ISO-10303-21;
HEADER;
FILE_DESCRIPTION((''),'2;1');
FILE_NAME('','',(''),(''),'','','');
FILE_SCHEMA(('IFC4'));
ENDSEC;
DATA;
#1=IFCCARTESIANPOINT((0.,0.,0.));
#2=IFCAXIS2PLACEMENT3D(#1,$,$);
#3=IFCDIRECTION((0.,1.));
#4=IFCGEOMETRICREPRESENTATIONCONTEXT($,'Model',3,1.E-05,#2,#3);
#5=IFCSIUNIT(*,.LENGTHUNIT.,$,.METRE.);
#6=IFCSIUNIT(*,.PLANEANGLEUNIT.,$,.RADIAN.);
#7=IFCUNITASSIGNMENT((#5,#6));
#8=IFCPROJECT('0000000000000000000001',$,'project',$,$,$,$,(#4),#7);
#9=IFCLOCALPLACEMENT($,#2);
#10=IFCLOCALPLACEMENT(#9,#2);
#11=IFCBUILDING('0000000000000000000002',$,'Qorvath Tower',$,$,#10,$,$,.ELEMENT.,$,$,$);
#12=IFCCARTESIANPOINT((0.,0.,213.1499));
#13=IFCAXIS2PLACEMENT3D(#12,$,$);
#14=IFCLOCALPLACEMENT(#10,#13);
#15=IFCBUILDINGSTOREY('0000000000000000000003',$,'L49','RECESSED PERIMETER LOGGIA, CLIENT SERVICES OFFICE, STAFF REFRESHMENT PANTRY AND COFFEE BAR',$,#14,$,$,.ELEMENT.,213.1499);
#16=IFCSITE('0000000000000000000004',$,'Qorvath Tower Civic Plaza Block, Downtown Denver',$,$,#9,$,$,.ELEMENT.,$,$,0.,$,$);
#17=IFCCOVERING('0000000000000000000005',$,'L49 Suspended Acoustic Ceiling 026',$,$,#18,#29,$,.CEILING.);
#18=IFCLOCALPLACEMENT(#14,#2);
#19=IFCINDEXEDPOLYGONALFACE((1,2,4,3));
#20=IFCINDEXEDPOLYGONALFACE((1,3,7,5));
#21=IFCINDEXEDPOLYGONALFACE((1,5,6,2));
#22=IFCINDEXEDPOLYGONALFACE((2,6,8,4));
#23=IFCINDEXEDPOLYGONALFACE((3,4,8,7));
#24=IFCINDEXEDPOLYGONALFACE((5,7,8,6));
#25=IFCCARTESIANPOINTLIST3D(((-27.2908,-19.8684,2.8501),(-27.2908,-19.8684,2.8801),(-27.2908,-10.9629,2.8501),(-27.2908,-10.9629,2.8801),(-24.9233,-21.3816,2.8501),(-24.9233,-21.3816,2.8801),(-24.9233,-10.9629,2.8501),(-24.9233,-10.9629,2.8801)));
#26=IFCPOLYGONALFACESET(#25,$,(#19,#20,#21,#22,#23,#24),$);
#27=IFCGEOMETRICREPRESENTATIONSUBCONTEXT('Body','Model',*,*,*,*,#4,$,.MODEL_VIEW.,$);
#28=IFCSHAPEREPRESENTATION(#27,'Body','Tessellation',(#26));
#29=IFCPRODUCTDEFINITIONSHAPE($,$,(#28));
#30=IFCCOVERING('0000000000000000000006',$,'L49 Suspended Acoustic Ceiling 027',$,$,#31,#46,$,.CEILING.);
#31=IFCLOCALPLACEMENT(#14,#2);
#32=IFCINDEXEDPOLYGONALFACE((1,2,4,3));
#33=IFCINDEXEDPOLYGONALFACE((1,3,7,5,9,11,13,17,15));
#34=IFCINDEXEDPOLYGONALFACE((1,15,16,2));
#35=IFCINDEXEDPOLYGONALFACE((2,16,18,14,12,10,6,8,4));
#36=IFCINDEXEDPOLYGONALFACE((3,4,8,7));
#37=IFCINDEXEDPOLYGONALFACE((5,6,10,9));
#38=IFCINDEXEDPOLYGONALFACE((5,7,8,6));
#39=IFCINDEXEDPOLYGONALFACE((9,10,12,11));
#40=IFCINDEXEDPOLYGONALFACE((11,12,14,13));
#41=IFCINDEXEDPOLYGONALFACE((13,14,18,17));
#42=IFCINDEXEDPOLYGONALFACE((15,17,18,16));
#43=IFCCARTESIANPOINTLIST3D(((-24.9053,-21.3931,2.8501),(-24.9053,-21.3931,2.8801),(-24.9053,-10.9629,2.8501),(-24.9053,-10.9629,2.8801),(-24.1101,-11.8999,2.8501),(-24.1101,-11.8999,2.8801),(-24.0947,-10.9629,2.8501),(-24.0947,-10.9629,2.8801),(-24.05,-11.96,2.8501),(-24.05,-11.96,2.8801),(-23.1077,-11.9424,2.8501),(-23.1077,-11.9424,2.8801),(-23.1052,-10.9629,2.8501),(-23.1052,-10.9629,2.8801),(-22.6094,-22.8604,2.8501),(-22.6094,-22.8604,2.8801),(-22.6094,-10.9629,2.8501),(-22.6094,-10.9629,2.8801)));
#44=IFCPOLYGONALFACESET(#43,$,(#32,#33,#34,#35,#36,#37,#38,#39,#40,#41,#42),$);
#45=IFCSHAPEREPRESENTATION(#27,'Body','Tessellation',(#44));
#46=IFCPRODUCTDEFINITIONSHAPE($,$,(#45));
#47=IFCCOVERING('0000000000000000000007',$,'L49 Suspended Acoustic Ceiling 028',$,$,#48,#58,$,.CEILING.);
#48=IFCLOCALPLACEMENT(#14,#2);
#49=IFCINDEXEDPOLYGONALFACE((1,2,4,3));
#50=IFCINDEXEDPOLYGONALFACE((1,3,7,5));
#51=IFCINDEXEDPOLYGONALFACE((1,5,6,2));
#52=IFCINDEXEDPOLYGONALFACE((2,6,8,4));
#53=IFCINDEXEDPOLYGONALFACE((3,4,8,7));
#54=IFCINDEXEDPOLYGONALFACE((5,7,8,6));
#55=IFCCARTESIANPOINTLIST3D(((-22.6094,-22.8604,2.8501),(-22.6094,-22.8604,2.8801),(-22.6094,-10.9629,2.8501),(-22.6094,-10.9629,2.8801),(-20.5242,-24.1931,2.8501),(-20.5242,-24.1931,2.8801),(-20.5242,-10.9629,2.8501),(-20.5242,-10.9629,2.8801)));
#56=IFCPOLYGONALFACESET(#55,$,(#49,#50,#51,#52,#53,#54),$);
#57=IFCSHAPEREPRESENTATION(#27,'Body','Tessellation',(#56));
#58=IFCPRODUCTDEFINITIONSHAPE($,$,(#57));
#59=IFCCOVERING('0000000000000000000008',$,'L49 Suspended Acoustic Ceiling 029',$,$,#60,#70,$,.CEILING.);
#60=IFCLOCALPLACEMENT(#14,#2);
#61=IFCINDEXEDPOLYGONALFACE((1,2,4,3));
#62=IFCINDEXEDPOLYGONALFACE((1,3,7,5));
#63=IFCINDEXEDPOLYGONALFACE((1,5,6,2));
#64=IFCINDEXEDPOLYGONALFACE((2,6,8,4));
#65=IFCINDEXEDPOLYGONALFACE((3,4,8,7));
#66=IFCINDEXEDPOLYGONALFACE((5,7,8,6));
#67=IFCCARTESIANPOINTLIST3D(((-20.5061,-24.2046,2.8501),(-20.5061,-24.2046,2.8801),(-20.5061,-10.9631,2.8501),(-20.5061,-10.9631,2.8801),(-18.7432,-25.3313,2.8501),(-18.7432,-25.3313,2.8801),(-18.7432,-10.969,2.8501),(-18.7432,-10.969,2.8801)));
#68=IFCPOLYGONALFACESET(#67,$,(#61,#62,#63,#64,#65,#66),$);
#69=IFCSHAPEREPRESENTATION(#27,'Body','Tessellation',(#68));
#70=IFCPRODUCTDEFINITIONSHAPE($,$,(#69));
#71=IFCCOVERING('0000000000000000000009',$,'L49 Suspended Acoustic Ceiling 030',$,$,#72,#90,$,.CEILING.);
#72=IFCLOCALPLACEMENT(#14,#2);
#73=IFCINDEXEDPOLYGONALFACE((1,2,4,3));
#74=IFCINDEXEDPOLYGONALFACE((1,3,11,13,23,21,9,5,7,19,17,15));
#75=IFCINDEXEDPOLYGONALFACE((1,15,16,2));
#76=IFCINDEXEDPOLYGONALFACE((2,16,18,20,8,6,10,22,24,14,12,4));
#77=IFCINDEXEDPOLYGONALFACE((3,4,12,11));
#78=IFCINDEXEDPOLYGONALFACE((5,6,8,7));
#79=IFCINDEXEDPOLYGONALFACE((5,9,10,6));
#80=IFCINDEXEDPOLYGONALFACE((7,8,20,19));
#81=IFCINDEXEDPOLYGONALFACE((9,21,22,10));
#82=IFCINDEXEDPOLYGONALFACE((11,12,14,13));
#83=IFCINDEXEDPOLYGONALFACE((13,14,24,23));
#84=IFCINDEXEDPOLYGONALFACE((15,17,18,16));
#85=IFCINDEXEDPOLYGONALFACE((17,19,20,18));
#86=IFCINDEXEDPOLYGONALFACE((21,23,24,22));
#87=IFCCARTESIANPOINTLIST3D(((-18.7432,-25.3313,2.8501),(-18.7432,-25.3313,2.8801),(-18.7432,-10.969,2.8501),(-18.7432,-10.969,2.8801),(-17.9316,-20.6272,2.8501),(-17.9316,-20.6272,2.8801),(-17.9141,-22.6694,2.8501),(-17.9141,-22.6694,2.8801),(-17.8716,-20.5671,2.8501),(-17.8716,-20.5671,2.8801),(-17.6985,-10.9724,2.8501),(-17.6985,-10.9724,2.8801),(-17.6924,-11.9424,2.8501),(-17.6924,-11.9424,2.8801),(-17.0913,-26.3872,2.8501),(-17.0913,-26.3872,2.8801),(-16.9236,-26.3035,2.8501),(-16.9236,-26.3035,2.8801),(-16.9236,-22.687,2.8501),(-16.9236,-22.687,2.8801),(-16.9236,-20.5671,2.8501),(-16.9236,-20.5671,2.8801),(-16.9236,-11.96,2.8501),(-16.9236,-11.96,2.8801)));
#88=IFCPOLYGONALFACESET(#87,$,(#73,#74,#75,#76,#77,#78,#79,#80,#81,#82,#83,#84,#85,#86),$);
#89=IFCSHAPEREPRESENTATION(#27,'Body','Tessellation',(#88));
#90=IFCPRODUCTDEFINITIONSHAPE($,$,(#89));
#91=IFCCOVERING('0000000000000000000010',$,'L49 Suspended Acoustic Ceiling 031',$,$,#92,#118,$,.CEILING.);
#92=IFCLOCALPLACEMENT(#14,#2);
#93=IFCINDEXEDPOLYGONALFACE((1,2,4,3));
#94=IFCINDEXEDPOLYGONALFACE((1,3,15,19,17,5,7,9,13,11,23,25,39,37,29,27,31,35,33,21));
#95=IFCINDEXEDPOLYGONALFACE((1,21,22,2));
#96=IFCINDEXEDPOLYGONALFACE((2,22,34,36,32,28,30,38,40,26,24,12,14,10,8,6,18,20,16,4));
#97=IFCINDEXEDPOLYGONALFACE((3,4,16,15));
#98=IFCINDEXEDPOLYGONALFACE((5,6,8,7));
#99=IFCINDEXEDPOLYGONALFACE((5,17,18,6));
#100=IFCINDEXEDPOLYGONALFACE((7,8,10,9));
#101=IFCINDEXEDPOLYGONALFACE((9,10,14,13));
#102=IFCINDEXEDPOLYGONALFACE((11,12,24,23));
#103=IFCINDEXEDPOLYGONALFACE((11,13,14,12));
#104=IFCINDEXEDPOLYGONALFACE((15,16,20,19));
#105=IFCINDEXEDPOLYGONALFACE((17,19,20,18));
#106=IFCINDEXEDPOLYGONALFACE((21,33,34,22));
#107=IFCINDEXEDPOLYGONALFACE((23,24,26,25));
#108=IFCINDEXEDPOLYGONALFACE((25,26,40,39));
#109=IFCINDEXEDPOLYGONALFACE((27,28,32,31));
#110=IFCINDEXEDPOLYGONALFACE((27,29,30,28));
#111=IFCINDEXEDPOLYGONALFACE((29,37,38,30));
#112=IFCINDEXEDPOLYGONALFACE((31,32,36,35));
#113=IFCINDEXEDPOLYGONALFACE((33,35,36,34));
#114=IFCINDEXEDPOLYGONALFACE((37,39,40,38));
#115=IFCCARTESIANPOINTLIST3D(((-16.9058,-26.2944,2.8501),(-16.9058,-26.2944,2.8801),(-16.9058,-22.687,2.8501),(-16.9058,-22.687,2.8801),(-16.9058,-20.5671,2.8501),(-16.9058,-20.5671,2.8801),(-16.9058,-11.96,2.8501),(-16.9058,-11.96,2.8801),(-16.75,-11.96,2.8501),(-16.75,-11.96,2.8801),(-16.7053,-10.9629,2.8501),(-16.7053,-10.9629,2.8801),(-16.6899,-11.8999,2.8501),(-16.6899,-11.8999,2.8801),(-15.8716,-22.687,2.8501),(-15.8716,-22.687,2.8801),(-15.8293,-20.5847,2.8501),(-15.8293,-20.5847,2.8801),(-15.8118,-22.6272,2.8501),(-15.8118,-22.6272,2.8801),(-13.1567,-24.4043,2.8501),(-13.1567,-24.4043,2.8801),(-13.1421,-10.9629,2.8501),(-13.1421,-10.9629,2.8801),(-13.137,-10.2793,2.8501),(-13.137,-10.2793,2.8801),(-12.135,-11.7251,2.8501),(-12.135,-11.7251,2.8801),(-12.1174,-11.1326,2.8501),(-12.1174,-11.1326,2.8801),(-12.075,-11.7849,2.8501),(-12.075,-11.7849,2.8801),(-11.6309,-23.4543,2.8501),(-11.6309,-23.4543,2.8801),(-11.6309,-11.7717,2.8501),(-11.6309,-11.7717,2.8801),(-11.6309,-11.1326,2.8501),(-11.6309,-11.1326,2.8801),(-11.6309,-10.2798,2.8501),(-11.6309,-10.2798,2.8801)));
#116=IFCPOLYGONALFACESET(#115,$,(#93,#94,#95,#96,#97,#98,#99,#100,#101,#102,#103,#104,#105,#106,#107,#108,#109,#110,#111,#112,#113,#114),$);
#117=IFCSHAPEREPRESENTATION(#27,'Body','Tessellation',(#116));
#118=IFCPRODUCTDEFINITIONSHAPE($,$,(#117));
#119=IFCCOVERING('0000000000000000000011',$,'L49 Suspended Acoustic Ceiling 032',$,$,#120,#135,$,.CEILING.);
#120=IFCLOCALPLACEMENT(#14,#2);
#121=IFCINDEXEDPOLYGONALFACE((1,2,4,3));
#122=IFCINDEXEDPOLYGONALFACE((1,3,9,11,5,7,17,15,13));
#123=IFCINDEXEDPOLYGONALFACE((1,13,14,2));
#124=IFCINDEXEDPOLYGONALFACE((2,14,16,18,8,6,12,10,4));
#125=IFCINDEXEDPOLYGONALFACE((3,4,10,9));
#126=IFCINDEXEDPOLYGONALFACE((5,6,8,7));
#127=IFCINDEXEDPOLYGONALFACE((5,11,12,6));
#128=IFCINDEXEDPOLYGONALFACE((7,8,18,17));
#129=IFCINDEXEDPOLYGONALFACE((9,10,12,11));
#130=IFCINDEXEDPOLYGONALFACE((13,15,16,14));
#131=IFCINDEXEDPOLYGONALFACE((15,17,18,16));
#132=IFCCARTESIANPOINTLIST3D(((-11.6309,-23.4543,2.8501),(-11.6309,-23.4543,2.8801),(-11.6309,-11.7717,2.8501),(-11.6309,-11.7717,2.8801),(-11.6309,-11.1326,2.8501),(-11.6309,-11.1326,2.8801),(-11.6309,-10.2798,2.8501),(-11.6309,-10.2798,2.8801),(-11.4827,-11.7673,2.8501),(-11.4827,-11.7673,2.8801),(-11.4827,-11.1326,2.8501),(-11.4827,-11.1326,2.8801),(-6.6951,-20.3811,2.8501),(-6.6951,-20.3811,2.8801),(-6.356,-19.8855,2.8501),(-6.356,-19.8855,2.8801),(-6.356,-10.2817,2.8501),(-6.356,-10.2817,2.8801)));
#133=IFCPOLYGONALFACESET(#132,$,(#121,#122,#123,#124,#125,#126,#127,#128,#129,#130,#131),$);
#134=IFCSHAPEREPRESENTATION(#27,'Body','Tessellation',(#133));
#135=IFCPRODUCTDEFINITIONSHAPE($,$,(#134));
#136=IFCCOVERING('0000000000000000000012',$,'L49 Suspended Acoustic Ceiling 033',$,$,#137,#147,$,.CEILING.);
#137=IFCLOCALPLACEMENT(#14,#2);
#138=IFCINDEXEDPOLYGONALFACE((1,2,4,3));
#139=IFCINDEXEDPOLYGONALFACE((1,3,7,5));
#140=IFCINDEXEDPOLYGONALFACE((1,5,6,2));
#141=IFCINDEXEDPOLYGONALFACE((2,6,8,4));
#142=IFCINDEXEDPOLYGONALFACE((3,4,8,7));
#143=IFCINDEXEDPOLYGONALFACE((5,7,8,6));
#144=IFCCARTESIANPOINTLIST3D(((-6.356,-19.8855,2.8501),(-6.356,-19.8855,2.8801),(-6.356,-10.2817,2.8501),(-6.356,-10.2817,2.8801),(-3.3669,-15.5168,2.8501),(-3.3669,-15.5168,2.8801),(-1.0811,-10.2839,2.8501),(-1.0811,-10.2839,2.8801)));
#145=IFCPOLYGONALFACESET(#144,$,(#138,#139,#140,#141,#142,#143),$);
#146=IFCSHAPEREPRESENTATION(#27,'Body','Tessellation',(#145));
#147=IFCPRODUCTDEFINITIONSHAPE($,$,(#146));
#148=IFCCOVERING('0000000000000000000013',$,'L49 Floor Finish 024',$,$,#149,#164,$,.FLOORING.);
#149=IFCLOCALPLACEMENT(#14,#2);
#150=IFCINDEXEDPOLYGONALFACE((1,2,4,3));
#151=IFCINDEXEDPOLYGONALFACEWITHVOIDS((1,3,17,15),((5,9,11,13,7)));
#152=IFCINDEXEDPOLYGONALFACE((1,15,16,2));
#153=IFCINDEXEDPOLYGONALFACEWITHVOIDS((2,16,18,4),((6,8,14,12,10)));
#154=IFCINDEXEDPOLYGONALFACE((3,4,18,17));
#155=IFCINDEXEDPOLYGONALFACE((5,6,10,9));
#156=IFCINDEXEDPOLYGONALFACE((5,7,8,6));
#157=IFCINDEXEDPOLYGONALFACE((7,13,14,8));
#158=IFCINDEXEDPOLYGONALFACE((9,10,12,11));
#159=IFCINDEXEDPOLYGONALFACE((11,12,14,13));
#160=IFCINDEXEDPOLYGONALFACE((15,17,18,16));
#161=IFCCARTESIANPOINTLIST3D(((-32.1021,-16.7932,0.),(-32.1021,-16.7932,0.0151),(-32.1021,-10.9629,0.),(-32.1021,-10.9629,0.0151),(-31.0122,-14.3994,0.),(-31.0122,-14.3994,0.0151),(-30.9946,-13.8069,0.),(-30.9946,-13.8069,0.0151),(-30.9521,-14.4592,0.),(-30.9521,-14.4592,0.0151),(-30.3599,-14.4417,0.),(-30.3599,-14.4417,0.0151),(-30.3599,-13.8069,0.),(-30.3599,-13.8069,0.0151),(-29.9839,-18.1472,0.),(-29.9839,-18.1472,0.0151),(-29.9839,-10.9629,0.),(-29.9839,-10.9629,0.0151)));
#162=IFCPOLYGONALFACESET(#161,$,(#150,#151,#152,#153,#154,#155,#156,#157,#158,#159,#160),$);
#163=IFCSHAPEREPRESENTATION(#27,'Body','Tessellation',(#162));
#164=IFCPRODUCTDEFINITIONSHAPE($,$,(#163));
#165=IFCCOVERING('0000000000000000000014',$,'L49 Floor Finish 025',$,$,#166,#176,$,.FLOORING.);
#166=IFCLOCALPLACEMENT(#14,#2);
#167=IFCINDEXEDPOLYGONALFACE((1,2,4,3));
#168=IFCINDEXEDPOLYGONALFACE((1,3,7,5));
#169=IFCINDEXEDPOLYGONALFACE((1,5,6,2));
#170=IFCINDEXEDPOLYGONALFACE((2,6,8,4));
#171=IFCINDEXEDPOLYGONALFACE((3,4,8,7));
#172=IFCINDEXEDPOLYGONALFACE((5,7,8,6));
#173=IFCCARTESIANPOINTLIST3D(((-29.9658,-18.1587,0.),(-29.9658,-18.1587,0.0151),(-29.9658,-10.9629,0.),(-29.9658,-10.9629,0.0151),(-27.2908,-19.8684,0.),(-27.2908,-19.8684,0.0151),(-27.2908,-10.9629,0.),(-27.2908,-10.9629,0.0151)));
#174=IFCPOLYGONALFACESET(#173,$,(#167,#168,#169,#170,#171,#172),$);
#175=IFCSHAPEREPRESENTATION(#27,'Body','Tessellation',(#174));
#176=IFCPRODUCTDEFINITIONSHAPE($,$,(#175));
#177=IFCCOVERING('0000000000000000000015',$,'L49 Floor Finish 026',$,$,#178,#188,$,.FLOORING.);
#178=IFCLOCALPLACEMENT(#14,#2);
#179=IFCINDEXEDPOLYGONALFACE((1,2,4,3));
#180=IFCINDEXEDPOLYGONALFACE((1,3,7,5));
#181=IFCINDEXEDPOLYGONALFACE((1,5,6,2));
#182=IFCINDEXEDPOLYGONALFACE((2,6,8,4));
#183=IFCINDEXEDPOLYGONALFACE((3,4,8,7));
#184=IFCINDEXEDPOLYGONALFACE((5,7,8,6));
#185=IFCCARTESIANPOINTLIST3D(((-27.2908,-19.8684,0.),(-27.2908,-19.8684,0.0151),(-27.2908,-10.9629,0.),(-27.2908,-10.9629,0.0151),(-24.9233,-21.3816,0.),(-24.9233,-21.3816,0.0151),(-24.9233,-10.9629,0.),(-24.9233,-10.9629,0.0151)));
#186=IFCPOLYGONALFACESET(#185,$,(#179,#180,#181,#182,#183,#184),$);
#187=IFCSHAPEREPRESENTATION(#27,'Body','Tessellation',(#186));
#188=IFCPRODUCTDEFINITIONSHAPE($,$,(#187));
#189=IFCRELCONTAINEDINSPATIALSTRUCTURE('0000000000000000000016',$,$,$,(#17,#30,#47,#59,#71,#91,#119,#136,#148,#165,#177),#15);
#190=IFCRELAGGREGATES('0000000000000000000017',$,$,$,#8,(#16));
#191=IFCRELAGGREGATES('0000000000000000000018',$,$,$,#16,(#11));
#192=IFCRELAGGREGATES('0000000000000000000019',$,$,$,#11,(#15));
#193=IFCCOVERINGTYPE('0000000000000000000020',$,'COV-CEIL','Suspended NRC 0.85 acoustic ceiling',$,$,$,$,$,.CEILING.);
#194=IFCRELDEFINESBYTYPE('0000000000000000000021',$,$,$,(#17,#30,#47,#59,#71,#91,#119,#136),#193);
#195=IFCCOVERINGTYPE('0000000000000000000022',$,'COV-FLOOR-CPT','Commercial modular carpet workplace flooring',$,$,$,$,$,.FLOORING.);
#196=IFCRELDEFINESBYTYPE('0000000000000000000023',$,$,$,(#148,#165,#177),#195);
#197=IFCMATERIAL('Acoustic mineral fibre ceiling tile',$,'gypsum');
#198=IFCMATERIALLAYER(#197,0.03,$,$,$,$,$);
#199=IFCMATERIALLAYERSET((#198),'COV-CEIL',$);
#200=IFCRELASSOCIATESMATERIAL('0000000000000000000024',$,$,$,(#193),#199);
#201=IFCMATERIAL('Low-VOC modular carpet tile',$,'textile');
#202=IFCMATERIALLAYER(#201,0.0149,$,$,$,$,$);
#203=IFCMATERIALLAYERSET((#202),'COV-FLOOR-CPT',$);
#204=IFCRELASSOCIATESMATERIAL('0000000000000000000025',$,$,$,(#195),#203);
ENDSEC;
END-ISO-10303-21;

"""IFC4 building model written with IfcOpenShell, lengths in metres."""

from ifc_helpers import new_model, si_unit, direction, frame, origin, place, context, subcontext, project, spatial, polyline, outline, extrude, material, layer, layer_set, type_object, element, save


model = new_model("IFC4")

# Units and contexts
model_context = context("Model", 3, precision=1e-05, world=origin(), true_north=direction((0.0, 1.0)))
body_context = subcontext(model_context, "Body", "Model", "MODEL_VIEW")
ifc_project = project(units=[si_unit("LENGTHUNIT", "METRE"), si_unit("PLANEANGLEUNIT", "RADIAN")], contexts=[model_context])

# Site, building, storey
site_placement = place(None, origin())
site = spatial("IfcSite", under=ifc_project, at=site_placement, Name="Qorvath Tower Civic Plaza Block, Downtown Denver", CompositionType="ELEMENT", RefElevation=0.0)
building_placement = place(site_placement, origin())
building = spatial("IfcBuilding", under=site, at=building_placement, Name="Qorvath Tower", CompositionType="ELEMENT")
storey_placement = place(building_placement, frame((0.0, 0.0, 213.1499)))
storey = spatial("IfcBuildingStorey", under=building, at=storey_placement, Name="L49", Description="RECESSED PERIMETER LOGGIA, CLIENT SERVICES OFFICE, STAFF REFRESHMENT PANTRY AND COFFEE BAR", CompositionType="ELEMENT", Elevation=213.1499)

# Coverings
ifc_material_1 = material(Name="Acoustic mineral fibre ceiling tile", Category="gypsum")
ifc_layer_1 = layer(ifc_material_1, 0.03)
ifc_layer_set_1 = layer_set([ifc_layer_1], Name="COV-CEIL")
covering_type_1 = type_object("IfcCoveringType", Name="COV-CEIL", Description="Suspended NRC 0.85 acoustic ceiling", PredefinedType="CEILING", material=ifc_layer_set_1)
covering_1_placement = place(storey_placement, frame((0.0, 0.0, 2.8501)))
element("IfcCovering", 1, at=covering_1_placement, inside=storey, type_object=covering_type_1, Name="L49 Suspended Acoustic Ceiling 026", PredefinedType="CEILING", context=body_context, shape_type="SweptSolid", body=[
    extrude(outline(polyline([(-27.2908, -10.9629), (-27.2908, -19.8684), (-24.9233, -21.3816), (-24.9233, -10.9629), (-27.2908, -10.9629)])), origin(), (0.0, 0.0, 1.0), 0.03),
])
covering_2_placement = place(storey_placement, frame((0.0, 0.0, 2.8501)))
element("IfcCovering", 2, at=covering_2_placement, inside=storey, type_object=covering_type_1, Name="L49 Suspended Acoustic Ceiling 027", PredefinedType="CEILING", context=body_context, shape_type="SweptSolid", body=[
    extrude(outline(polyline([(-24.9053, -10.9629), (-24.9053, -21.3931), (-22.6094, -22.8604), (-22.6094, -10.9629), (-23.1052, -10.9629), (-23.1077, -11.9424), (-24.05, -11.96), (-24.1101, -11.8999), (-24.0947, -10.9629), (-24.9053, -10.9629)])), origin(), (0.0, 0.0, 1.0), 0.03),
])
covering_3_placement = place(storey_placement, frame((0.0, 0.0, 2.8501)))
element("IfcCovering", 3, at=covering_3_placement, inside=storey, type_object=covering_type_1, Name="L49 Suspended Acoustic Ceiling 028", PredefinedType="CEILING", context=body_context, shape_type="SweptSolid", body=[
    extrude(outline(polyline([(-22.6094, -10.9629), (-22.6094, -22.8604), (-20.5242, -24.1931), (-20.5242, -10.9629), (-22.6094, -10.9629)])), origin(), (0.0, 0.0, 1.0), 0.03),
])
covering_4_placement = place(storey_placement, frame((0.0, 0.0, 2.8501)))
element("IfcCovering", 4, at=covering_4_placement, inside=storey, type_object=covering_type_1, Name="L49 Suspended Acoustic Ceiling 029", PredefinedType="CEILING", context=body_context, shape_type="SweptSolid", body=[
    extrude(outline(polyline([(-18.7432, -25.3313), (-18.7432, -10.969), (-20.5061, -10.9631), (-20.5061, -24.2046), (-18.7432, -25.3313)])), origin(), (0.0, 0.0, 1.0), 0.03),
])
covering_5_placement = place(storey_placement, frame((0.0, 0.0, 2.8501)))
element("IfcCovering", 5, at=covering_5_placement, inside=storey, type_object=covering_type_1, Name="L49 Suspended Acoustic Ceiling 030", PredefinedType="CEILING", context=body_context, shape_type="SweptSolid", body=[
    extrude(outline(polyline([(-17.8716, -20.5671), (-16.9236, -20.5671), (-16.9236, -11.96), (-17.6924, -11.9424), (-17.6985, -10.9724), (-18.7432, -10.969), (-18.7432, -25.3313), (-17.0913, -26.3872), (-16.9236, -26.3035), (-16.9236, -22.687), (-17.9141, -22.6694), (-17.9316, -20.6272), (-17.8716, -20.5671)])), origin(), (0.0, 0.0, 1.0), 0.03),
])
covering_6_placement = place(storey_placement, frame((0.0, 0.0, 2.8501)))
element("IfcCovering", 6, at=covering_6_placement, inside=storey, type_object=covering_type_1, Name="L49 Suspended Acoustic Ceiling 031", PredefinedType="CEILING", context=body_context, shape_type="SweptSolid", body=[
    extrude(outline(polyline([(-16.9058, -22.687), (-16.9058, -26.2944), (-13.1567, -24.4043), (-11.6309, -23.4543), (-11.6309, -11.7717), (-12.075, -11.7849), (-12.135, -11.7251), (-12.1174, -11.1326), (-11.6309, -11.1326), (-11.6309, -10.2798), (-13.137, -10.2793), (-13.1421, -10.9629), (-16.7053, -10.9629), (-16.6899, -11.8999), (-16.75, -11.96), (-16.9058, -11.96), (-16.9058, -20.5671), (-15.8293, -20.5847), (-15.8118, -22.6272), (-15.8716, -22.687), (-16.9058, -22.687)])), origin(), (0.0, 0.0, 1.0), 0.03),
])
covering_7_placement = place(storey_placement, frame((0.0, 0.0, 2.8501)))
element("IfcCovering", 7, at=covering_7_placement, inside=storey, type_object=covering_type_1, Name="L49 Suspended Acoustic Ceiling 032", PredefinedType="CEILING", context=body_context, shape_type="SweptSolid", body=[
    extrude(outline(polyline([(-11.6309, -10.2798), (-11.6309, -11.1326), (-11.4827, -11.1326), (-11.4827, -11.7673), (-11.6309, -11.7717), (-11.6309, -23.4543), (-6.6951, -20.3811), (-6.356, -19.8855), (-6.356, -10.2817), (-11.6309, -10.2798)])), origin(), (0.0, 0.0, 1.0), 0.03),
])
covering_8_placement = place(storey_placement, frame((0.0, 0.0, 2.8501)))
element("IfcCovering", 8, at=covering_8_placement, inside=storey, type_object=covering_type_1, Name="L49 Suspended Acoustic Ceiling 033", PredefinedType="CEILING", context=body_context, shape_type="SweptSolid", body=[
    extrude(outline(polyline([(-6.356, -10.2817), (-6.356, -19.8855), (-3.3669, -15.5168), (-1.0811, -10.2839), (-6.356, -10.2817)])), origin(), (0.0, 0.0, 1.0), 0.03),
])
ifc_material_2 = material(Name="Low-VOC modular carpet tile", Category="textile")
ifc_layer_2 = layer(ifc_material_2, 0.0149)
ifc_layer_set_2 = layer_set([ifc_layer_2], Name="COV-FLOOR-CPT")
covering_type_2 = type_object("IfcCoveringType", Name="COV-FLOOR-CPT", Description="Commercial modular carpet workplace flooring", PredefinedType="FLOORING", material=ifc_layer_set_2)
covering_9_placement = place(storey_placement, origin())
element("IfcCovering", 9, at=covering_9_placement, inside=storey, type_object=covering_type_2, Name="L49 Floor Finish 024", PredefinedType="FLOORING", context=body_context, shape_type="SweptSolid", body=[
    extrude(outline(polyline([(-32.1021, -10.9629), (-32.1021, -16.7932), (-29.9839, -18.1472), (-29.9839, -10.9629), (-32.1021, -10.9629)]), holes=[polyline([(-31.0122, -14.3994), (-30.9946, -13.8069), (-30.3599, -13.8069), (-30.3599, -14.4417), (-30.9521, -14.4592), (-31.0122, -14.3994)])]), origin(), (0.0, 0.0, 1.0), 0.0151),
])
covering_10_placement = place(storey_placement, origin())
element("IfcCovering", 10, at=covering_10_placement, inside=storey, type_object=covering_type_2, Name="L49 Floor Finish 025", PredefinedType="FLOORING", context=body_context, shape_type="SweptSolid", body=[
    extrude(outline(polyline([(-29.9658, -10.9629), (-29.9658, -18.1587), (-27.2908, -19.8684), (-27.2908, -10.9629), (-29.9658, -10.9629)])), origin(), (0.0, 0.0, 1.0), 0.0151),
])
covering_11_placement = place(storey_placement, origin())
element("IfcCovering", 11, at=covering_11_placement, inside=storey, type_object=covering_type_2, Name="L49 Floor Finish 026", PredefinedType="FLOORING", context=body_context, shape_type="SweptSolid", body=[
    extrude(outline(polyline([(-27.2908, -10.9629), (-27.2908, -19.8684), (-24.9233, -21.3816), (-24.9233, -10.9629), (-27.2908, -10.9629)])), origin(), (0.0, 0.0, 1.0), 0.0151),
])

save(model, "model.ifc")
